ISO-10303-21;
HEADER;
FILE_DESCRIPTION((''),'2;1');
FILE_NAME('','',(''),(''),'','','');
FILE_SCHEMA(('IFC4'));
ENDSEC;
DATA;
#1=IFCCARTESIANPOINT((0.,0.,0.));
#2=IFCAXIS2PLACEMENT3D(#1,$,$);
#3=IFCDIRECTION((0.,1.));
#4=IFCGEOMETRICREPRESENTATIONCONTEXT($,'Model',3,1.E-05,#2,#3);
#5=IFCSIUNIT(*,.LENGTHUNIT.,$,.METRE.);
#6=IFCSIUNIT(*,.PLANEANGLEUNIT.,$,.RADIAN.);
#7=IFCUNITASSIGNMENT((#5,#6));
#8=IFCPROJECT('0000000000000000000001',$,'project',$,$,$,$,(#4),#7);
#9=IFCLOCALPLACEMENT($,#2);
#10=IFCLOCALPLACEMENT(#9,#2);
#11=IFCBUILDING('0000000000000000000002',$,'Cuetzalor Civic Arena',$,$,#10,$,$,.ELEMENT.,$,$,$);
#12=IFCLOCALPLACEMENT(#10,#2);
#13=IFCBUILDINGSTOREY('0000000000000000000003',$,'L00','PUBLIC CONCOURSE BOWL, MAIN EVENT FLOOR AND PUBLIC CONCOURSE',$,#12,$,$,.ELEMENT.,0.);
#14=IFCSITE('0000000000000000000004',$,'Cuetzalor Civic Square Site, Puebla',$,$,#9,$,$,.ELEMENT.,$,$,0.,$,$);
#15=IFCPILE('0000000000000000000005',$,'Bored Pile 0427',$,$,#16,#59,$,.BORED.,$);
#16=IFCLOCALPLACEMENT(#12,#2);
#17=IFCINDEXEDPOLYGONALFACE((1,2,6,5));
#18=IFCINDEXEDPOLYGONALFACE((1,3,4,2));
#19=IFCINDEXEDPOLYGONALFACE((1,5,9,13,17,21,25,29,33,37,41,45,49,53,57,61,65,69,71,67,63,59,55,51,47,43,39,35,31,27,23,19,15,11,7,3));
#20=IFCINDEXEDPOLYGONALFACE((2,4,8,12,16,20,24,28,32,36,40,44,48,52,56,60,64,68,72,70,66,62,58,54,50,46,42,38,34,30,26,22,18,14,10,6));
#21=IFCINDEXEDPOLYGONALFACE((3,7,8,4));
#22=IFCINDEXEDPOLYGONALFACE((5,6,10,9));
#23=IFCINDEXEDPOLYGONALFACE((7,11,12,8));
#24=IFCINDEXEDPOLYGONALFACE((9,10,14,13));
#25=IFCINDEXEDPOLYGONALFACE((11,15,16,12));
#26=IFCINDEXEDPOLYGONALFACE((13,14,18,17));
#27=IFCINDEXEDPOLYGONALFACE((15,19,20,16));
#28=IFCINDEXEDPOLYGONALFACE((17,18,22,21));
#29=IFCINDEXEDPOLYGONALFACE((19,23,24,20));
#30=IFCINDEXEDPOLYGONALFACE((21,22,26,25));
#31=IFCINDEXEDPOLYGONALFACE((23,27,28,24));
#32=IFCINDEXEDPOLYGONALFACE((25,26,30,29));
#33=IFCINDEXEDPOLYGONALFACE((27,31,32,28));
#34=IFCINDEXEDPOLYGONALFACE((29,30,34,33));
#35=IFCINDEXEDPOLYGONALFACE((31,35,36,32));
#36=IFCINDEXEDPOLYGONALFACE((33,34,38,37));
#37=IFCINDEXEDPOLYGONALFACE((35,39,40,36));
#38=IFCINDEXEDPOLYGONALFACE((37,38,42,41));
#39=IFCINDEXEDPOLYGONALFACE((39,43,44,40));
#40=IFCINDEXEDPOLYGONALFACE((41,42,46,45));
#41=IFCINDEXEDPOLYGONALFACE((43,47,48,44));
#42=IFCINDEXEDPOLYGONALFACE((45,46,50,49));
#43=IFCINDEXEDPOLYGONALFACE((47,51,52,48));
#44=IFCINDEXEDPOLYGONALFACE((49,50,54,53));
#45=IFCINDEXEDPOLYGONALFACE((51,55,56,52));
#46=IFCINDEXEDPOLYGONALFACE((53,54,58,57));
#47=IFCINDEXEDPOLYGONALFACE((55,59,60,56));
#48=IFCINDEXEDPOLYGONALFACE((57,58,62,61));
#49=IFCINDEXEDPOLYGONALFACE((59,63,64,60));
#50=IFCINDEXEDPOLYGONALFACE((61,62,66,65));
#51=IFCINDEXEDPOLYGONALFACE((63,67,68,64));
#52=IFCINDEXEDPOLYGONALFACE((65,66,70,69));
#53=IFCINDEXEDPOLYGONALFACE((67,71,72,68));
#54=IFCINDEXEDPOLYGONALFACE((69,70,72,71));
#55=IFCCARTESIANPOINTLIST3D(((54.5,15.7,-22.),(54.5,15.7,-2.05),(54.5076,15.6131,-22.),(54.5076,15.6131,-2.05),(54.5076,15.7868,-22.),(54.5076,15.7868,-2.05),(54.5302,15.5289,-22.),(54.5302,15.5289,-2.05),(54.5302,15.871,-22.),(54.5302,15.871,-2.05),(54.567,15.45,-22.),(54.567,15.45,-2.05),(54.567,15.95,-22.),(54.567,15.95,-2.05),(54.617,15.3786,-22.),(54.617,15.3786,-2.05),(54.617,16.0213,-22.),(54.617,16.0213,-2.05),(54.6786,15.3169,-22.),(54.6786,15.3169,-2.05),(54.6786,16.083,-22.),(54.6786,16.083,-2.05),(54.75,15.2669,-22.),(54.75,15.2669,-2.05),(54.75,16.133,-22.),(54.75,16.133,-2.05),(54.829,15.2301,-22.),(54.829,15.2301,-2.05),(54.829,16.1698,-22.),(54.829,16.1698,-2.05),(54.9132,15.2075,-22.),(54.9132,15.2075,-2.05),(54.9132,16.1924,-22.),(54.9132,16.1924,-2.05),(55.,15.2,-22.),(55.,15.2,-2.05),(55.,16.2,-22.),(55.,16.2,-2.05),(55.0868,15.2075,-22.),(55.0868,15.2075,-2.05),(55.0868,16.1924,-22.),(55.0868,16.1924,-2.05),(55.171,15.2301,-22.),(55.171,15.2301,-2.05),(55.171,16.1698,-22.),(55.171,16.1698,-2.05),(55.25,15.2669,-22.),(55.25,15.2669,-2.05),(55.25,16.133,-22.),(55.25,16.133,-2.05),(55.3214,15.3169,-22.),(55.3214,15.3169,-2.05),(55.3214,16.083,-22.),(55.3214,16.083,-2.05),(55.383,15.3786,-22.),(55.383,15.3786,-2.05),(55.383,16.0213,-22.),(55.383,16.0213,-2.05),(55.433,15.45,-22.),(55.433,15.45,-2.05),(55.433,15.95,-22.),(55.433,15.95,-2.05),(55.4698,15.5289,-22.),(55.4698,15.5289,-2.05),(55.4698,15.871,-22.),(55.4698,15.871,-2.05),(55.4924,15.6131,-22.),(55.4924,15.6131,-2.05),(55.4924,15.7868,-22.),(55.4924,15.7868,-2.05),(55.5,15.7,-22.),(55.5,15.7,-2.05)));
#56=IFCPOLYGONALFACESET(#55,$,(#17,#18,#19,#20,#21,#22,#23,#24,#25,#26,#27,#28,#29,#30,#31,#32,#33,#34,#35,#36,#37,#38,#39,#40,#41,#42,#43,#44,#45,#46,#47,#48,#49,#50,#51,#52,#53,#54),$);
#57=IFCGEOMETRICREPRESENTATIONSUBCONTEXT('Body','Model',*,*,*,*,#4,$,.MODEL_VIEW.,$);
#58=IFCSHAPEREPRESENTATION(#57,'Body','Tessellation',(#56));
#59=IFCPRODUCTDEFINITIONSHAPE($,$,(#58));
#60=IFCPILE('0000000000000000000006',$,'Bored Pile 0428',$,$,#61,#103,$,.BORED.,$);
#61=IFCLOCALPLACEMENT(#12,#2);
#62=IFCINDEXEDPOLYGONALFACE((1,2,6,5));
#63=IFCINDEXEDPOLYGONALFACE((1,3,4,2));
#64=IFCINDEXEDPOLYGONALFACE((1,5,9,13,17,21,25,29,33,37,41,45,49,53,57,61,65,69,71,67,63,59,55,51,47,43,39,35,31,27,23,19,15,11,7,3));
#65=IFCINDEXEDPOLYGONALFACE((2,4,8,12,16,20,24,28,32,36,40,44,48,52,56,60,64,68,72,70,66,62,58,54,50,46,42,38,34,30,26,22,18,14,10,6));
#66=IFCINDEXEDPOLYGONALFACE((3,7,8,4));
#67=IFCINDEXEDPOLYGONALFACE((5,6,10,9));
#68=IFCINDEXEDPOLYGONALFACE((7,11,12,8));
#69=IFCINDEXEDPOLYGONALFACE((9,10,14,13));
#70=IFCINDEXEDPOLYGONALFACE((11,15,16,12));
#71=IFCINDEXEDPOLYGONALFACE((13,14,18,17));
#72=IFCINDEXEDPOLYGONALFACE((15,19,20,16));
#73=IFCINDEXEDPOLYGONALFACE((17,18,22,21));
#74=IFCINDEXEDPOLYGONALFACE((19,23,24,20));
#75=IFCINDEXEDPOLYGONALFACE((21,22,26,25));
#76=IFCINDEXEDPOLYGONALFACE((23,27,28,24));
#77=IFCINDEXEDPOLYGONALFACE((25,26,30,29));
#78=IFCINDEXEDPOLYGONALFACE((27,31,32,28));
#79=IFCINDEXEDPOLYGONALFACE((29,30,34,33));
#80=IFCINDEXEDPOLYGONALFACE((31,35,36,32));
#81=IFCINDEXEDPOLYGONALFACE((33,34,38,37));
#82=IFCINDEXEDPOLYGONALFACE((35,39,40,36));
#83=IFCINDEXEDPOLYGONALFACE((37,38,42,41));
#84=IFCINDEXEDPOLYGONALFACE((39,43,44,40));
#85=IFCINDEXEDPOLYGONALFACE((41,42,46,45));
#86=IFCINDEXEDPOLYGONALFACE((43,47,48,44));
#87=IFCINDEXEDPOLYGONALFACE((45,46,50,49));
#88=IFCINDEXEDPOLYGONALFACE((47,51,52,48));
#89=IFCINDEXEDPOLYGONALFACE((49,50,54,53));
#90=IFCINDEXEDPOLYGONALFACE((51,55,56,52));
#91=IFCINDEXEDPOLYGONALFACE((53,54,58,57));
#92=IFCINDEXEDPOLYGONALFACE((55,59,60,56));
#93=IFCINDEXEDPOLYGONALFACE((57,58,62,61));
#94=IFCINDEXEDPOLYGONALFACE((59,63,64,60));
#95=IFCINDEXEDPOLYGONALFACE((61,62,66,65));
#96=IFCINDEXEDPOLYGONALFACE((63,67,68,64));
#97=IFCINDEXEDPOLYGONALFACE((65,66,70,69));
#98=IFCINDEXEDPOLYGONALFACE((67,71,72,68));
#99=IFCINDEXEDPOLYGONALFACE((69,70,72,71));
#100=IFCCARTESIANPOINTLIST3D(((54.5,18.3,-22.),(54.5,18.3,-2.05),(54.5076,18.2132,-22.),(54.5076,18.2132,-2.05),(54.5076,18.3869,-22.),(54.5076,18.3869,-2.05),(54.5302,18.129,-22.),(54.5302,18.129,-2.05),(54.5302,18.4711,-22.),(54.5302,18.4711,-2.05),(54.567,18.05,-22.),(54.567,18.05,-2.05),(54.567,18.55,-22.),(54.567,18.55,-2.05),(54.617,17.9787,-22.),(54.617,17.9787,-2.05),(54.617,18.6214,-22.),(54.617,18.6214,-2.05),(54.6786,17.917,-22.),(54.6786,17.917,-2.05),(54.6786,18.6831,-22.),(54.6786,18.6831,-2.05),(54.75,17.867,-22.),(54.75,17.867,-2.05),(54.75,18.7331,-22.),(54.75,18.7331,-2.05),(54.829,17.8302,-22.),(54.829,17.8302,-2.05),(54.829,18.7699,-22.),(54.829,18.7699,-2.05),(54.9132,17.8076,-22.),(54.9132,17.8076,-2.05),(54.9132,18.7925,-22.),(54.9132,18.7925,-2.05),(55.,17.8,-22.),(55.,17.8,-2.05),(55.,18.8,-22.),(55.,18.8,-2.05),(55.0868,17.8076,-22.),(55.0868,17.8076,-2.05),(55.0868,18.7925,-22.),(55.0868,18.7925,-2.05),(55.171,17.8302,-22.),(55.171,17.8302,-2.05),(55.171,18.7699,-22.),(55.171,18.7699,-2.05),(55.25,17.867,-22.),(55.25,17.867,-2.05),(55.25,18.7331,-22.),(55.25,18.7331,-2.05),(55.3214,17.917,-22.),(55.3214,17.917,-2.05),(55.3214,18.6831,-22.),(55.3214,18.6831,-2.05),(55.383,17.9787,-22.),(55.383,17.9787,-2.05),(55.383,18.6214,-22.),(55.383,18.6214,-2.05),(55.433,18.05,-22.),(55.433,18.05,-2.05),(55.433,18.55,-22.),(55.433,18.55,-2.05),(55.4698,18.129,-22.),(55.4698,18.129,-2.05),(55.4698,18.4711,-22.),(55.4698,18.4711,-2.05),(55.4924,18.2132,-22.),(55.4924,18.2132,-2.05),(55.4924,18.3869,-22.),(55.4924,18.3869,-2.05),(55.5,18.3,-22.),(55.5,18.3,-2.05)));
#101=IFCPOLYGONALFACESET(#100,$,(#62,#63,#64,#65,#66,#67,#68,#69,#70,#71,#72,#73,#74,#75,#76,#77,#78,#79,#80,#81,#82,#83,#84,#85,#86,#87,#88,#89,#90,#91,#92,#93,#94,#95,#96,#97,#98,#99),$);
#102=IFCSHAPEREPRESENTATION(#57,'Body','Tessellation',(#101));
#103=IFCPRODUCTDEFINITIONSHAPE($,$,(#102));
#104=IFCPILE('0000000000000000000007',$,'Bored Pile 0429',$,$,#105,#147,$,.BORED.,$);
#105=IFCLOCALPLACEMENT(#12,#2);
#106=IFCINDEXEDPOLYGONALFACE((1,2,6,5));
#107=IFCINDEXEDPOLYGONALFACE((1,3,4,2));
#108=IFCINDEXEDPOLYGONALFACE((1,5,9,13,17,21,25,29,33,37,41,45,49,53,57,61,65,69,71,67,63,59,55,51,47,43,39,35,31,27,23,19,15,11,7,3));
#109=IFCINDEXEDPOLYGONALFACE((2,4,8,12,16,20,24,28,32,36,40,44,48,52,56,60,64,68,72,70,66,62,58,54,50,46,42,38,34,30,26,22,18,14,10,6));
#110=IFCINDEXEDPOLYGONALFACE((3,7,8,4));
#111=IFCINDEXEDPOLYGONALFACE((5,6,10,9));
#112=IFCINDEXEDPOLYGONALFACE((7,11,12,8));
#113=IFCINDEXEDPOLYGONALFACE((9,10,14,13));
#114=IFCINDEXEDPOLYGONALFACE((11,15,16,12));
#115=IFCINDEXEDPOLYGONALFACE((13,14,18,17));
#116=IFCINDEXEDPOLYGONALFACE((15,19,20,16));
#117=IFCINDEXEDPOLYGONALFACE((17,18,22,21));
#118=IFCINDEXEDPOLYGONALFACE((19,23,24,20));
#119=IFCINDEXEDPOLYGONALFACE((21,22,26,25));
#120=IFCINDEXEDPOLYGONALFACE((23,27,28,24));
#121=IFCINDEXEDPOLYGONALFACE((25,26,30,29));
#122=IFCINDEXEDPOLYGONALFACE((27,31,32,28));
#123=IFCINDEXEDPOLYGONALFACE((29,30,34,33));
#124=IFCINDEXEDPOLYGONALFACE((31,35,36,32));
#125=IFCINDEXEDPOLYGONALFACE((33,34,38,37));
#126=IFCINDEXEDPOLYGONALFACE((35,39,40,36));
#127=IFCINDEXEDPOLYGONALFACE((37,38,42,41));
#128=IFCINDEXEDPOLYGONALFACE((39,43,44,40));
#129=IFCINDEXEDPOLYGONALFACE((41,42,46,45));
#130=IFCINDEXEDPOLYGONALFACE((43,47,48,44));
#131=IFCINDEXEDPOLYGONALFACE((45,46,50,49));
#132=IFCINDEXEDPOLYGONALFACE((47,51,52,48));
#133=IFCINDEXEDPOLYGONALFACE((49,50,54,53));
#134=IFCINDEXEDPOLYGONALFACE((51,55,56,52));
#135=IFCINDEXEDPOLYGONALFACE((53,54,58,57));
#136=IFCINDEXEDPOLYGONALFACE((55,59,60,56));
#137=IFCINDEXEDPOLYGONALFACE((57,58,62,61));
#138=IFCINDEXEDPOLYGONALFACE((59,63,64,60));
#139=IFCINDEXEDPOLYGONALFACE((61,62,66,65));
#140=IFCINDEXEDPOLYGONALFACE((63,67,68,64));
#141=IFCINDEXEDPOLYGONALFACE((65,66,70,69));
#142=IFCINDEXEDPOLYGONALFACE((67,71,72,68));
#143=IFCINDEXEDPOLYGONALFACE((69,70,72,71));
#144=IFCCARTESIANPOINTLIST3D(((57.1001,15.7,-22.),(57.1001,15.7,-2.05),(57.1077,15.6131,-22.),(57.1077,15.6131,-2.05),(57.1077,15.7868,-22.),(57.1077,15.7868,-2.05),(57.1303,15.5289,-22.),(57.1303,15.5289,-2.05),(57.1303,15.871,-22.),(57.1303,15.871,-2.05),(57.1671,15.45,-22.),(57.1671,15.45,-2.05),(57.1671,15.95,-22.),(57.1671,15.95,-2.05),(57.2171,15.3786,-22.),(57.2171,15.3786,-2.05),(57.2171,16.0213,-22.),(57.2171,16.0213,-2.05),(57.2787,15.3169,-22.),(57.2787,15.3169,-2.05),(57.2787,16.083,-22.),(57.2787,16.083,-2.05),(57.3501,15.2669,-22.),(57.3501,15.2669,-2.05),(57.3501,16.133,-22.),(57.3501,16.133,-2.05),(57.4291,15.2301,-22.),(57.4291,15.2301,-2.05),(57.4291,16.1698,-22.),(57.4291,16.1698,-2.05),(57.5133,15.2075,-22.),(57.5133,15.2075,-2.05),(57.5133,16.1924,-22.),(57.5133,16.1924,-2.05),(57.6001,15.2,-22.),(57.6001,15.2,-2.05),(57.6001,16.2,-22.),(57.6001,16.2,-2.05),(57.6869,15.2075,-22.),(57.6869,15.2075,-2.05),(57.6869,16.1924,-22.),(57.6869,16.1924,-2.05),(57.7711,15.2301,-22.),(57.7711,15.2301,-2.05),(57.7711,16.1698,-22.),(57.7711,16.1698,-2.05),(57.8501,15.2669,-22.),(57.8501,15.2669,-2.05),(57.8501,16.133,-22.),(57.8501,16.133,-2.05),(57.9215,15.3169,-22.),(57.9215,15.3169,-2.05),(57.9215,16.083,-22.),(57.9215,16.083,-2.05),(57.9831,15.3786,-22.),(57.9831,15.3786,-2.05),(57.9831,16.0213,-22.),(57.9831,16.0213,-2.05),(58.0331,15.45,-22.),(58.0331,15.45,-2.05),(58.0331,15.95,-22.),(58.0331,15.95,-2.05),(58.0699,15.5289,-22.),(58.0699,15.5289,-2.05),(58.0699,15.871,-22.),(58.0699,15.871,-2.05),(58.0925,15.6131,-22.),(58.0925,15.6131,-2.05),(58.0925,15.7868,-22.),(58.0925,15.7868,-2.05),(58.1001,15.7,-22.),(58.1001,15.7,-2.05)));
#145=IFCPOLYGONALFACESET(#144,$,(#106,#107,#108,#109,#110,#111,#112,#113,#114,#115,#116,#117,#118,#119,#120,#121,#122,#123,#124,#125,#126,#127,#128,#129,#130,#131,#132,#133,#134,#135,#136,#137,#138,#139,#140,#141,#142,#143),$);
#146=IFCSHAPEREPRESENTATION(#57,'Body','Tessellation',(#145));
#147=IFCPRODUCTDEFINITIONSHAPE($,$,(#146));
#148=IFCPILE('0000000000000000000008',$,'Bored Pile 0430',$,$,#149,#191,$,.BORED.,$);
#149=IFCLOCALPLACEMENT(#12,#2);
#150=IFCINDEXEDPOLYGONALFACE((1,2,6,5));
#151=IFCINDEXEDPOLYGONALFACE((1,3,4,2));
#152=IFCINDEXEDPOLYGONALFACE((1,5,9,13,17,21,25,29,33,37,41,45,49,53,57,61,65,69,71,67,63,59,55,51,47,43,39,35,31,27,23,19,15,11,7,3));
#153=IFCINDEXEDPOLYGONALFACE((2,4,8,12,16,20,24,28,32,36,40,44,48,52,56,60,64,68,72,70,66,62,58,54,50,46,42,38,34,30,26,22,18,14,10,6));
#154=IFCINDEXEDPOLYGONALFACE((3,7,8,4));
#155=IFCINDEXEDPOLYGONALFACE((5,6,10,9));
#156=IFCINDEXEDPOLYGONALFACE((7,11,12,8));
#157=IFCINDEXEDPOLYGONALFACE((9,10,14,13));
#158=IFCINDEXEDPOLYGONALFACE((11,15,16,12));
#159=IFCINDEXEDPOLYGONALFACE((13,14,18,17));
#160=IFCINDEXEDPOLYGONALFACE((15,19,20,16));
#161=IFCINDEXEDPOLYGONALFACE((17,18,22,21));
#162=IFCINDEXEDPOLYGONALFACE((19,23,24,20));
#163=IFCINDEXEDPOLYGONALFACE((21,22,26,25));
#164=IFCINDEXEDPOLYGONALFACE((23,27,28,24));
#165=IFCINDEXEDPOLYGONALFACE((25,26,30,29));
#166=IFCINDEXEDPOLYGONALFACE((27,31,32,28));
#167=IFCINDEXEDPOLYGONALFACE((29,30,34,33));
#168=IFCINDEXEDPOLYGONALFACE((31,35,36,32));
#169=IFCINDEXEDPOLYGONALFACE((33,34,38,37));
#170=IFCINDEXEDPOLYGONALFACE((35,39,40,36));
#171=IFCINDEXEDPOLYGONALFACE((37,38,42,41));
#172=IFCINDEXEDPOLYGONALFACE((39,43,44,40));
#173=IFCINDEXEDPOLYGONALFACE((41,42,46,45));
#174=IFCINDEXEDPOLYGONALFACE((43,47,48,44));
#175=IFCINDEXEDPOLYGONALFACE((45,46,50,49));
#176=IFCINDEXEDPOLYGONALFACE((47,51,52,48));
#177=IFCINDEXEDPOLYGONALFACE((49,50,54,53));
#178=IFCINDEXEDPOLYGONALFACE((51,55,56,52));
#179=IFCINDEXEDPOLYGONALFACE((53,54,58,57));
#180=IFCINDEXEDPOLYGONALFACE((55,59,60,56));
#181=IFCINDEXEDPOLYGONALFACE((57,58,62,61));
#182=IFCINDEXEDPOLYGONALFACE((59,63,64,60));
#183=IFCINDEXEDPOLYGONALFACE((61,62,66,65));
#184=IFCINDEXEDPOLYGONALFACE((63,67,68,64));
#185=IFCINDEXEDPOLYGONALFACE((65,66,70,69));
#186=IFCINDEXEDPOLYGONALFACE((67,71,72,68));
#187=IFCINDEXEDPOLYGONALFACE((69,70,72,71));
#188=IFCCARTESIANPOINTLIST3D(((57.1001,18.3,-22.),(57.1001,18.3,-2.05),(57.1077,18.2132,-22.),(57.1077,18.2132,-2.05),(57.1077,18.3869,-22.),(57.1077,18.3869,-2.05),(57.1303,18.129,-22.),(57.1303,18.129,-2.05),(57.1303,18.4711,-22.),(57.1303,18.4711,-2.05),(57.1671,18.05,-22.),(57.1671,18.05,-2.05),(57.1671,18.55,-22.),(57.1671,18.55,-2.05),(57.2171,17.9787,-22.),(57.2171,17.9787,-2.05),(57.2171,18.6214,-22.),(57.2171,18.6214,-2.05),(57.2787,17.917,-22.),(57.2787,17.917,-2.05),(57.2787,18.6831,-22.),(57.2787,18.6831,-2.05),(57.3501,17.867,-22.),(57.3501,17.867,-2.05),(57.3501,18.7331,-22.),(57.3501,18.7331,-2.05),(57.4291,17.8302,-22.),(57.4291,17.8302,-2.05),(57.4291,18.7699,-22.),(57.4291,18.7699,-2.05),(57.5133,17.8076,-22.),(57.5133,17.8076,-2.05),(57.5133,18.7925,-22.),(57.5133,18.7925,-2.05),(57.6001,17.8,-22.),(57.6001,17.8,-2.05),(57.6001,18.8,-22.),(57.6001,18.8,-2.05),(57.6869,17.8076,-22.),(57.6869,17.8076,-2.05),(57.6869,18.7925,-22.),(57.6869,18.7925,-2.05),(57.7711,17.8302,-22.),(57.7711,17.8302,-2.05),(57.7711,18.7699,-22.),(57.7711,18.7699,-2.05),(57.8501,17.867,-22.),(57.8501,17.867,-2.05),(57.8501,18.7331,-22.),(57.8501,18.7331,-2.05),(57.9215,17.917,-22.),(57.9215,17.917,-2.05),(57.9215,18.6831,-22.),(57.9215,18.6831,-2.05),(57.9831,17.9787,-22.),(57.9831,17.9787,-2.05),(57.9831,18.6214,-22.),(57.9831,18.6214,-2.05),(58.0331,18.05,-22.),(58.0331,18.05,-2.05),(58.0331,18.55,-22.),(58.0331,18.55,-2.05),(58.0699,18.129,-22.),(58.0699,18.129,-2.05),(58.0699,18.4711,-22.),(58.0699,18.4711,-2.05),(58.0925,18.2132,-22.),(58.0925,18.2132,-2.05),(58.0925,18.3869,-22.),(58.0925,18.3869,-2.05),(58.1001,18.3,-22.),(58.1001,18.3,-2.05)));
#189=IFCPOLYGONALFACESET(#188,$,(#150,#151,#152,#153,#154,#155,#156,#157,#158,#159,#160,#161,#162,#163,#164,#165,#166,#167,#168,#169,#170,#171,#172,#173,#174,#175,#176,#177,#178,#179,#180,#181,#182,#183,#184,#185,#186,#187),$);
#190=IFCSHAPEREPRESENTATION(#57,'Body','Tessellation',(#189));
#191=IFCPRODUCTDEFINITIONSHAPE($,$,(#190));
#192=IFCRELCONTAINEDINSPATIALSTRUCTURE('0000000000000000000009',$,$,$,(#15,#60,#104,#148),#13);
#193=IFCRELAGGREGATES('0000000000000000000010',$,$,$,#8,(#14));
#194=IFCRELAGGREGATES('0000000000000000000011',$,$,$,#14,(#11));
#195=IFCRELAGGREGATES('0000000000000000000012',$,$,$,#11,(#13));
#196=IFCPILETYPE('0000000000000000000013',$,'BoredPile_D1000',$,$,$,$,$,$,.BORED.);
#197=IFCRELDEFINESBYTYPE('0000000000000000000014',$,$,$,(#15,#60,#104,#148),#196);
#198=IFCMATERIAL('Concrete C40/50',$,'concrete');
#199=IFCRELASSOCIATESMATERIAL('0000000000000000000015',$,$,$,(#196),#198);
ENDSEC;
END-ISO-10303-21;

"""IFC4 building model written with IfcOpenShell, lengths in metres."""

from ifc_helpers import new_model, si_unit, direction, frame, origin, origin_2d, place, context, subcontext, project, spatial, circle, extrude, material, material_profile, profile_set, type_object, element, save


model = new_model("IFC4")

# Units and contexts
model_context = context("Model", 3, precision=1e-05, world=origin(), true_north=direction((0.0, 1.0)))
body_context = subcontext(model_context, "Body", "Model", "MODEL_VIEW")
ifc_project = project(units=[si_unit("LENGTHUNIT", "METRE"), si_unit("PLANEANGLEUNIT", "RADIAN")], contexts=[model_context])

# Site, building, storey
site_placement = place(None, origin())
site = spatial("IfcSite", under=ifc_project, at=site_placement, Name="Cuetzalor Civic Square Site, Puebla", CompositionType="ELEMENT", RefElevation=0.0)
building_placement = place(site_placement, origin())
building = spatial("IfcBuilding", under=site, at=building_placement, Name="Cuetzalor Civic Arena", CompositionType="ELEMENT")
storey_placement = place(building_placement, origin())
storey = spatial("IfcBuildingStorey", under=building, at=storey_placement, Name="L00", Description="PUBLIC CONCOURSE BOWL, MAIN EVENT FLOOR AND PUBLIC CONCOURSE", CompositionType="ELEMENT", Elevation=0.0)

# Piles
ifc_material_1 = material(Name="Concrete C40/50", Category="concrete")
ifc_material_profile_1 = material_profile(ifc_material_1, circle(Radius=0.5, at=origin_2d()), Name="BORED PILE D1000")
ifc_profile_set_1 = profile_set([ifc_material_profile_1], Name="Concrete C40/50")
pile_type_1 = type_object("IfcPileType", Name="BoredPile_D1000", PredefinedType="BORED", material=ifc_profile_set_1)
for number, where, z_axis, x_axis, name in (
    (1, (55.0, 15.7, -2.05), (0.0, 0.0, -1.0), (1.0, 0.0, 0.0), "Bored Pile 0427"),
    (2, (55.0, 18.3, -2.05), (0.0, 0.0, -1.0), (1.0, 0.0, 0.0), "Bored Pile 0428"),
    (3, (57.6001, 15.7, -2.05), (0.0, 0.0, -1.0), (1.0, 0.0, 0.0), "Bored Pile 0429"),
    (4, (57.6001, 18.3, -2.05), (0.0, 0.0, -1.0), (1.0, 0.0, 0.0), "Bored Pile 0430"),
):
    element("IfcPile", number, at=place(storey_placement, frame(where, z_axis=z_axis, x_axis=x_axis)), inside=storey, type_object=pile_type_1, Name=name, PredefinedType="BORED", context=body_context, shape_type="SweptSolid", body=[
        extrude(circle(Radius=0.5, at=origin_2d()), origin(), (0.0, 0.0, 1.0), 19.95),
    ])

save(model, "model.ifc")
